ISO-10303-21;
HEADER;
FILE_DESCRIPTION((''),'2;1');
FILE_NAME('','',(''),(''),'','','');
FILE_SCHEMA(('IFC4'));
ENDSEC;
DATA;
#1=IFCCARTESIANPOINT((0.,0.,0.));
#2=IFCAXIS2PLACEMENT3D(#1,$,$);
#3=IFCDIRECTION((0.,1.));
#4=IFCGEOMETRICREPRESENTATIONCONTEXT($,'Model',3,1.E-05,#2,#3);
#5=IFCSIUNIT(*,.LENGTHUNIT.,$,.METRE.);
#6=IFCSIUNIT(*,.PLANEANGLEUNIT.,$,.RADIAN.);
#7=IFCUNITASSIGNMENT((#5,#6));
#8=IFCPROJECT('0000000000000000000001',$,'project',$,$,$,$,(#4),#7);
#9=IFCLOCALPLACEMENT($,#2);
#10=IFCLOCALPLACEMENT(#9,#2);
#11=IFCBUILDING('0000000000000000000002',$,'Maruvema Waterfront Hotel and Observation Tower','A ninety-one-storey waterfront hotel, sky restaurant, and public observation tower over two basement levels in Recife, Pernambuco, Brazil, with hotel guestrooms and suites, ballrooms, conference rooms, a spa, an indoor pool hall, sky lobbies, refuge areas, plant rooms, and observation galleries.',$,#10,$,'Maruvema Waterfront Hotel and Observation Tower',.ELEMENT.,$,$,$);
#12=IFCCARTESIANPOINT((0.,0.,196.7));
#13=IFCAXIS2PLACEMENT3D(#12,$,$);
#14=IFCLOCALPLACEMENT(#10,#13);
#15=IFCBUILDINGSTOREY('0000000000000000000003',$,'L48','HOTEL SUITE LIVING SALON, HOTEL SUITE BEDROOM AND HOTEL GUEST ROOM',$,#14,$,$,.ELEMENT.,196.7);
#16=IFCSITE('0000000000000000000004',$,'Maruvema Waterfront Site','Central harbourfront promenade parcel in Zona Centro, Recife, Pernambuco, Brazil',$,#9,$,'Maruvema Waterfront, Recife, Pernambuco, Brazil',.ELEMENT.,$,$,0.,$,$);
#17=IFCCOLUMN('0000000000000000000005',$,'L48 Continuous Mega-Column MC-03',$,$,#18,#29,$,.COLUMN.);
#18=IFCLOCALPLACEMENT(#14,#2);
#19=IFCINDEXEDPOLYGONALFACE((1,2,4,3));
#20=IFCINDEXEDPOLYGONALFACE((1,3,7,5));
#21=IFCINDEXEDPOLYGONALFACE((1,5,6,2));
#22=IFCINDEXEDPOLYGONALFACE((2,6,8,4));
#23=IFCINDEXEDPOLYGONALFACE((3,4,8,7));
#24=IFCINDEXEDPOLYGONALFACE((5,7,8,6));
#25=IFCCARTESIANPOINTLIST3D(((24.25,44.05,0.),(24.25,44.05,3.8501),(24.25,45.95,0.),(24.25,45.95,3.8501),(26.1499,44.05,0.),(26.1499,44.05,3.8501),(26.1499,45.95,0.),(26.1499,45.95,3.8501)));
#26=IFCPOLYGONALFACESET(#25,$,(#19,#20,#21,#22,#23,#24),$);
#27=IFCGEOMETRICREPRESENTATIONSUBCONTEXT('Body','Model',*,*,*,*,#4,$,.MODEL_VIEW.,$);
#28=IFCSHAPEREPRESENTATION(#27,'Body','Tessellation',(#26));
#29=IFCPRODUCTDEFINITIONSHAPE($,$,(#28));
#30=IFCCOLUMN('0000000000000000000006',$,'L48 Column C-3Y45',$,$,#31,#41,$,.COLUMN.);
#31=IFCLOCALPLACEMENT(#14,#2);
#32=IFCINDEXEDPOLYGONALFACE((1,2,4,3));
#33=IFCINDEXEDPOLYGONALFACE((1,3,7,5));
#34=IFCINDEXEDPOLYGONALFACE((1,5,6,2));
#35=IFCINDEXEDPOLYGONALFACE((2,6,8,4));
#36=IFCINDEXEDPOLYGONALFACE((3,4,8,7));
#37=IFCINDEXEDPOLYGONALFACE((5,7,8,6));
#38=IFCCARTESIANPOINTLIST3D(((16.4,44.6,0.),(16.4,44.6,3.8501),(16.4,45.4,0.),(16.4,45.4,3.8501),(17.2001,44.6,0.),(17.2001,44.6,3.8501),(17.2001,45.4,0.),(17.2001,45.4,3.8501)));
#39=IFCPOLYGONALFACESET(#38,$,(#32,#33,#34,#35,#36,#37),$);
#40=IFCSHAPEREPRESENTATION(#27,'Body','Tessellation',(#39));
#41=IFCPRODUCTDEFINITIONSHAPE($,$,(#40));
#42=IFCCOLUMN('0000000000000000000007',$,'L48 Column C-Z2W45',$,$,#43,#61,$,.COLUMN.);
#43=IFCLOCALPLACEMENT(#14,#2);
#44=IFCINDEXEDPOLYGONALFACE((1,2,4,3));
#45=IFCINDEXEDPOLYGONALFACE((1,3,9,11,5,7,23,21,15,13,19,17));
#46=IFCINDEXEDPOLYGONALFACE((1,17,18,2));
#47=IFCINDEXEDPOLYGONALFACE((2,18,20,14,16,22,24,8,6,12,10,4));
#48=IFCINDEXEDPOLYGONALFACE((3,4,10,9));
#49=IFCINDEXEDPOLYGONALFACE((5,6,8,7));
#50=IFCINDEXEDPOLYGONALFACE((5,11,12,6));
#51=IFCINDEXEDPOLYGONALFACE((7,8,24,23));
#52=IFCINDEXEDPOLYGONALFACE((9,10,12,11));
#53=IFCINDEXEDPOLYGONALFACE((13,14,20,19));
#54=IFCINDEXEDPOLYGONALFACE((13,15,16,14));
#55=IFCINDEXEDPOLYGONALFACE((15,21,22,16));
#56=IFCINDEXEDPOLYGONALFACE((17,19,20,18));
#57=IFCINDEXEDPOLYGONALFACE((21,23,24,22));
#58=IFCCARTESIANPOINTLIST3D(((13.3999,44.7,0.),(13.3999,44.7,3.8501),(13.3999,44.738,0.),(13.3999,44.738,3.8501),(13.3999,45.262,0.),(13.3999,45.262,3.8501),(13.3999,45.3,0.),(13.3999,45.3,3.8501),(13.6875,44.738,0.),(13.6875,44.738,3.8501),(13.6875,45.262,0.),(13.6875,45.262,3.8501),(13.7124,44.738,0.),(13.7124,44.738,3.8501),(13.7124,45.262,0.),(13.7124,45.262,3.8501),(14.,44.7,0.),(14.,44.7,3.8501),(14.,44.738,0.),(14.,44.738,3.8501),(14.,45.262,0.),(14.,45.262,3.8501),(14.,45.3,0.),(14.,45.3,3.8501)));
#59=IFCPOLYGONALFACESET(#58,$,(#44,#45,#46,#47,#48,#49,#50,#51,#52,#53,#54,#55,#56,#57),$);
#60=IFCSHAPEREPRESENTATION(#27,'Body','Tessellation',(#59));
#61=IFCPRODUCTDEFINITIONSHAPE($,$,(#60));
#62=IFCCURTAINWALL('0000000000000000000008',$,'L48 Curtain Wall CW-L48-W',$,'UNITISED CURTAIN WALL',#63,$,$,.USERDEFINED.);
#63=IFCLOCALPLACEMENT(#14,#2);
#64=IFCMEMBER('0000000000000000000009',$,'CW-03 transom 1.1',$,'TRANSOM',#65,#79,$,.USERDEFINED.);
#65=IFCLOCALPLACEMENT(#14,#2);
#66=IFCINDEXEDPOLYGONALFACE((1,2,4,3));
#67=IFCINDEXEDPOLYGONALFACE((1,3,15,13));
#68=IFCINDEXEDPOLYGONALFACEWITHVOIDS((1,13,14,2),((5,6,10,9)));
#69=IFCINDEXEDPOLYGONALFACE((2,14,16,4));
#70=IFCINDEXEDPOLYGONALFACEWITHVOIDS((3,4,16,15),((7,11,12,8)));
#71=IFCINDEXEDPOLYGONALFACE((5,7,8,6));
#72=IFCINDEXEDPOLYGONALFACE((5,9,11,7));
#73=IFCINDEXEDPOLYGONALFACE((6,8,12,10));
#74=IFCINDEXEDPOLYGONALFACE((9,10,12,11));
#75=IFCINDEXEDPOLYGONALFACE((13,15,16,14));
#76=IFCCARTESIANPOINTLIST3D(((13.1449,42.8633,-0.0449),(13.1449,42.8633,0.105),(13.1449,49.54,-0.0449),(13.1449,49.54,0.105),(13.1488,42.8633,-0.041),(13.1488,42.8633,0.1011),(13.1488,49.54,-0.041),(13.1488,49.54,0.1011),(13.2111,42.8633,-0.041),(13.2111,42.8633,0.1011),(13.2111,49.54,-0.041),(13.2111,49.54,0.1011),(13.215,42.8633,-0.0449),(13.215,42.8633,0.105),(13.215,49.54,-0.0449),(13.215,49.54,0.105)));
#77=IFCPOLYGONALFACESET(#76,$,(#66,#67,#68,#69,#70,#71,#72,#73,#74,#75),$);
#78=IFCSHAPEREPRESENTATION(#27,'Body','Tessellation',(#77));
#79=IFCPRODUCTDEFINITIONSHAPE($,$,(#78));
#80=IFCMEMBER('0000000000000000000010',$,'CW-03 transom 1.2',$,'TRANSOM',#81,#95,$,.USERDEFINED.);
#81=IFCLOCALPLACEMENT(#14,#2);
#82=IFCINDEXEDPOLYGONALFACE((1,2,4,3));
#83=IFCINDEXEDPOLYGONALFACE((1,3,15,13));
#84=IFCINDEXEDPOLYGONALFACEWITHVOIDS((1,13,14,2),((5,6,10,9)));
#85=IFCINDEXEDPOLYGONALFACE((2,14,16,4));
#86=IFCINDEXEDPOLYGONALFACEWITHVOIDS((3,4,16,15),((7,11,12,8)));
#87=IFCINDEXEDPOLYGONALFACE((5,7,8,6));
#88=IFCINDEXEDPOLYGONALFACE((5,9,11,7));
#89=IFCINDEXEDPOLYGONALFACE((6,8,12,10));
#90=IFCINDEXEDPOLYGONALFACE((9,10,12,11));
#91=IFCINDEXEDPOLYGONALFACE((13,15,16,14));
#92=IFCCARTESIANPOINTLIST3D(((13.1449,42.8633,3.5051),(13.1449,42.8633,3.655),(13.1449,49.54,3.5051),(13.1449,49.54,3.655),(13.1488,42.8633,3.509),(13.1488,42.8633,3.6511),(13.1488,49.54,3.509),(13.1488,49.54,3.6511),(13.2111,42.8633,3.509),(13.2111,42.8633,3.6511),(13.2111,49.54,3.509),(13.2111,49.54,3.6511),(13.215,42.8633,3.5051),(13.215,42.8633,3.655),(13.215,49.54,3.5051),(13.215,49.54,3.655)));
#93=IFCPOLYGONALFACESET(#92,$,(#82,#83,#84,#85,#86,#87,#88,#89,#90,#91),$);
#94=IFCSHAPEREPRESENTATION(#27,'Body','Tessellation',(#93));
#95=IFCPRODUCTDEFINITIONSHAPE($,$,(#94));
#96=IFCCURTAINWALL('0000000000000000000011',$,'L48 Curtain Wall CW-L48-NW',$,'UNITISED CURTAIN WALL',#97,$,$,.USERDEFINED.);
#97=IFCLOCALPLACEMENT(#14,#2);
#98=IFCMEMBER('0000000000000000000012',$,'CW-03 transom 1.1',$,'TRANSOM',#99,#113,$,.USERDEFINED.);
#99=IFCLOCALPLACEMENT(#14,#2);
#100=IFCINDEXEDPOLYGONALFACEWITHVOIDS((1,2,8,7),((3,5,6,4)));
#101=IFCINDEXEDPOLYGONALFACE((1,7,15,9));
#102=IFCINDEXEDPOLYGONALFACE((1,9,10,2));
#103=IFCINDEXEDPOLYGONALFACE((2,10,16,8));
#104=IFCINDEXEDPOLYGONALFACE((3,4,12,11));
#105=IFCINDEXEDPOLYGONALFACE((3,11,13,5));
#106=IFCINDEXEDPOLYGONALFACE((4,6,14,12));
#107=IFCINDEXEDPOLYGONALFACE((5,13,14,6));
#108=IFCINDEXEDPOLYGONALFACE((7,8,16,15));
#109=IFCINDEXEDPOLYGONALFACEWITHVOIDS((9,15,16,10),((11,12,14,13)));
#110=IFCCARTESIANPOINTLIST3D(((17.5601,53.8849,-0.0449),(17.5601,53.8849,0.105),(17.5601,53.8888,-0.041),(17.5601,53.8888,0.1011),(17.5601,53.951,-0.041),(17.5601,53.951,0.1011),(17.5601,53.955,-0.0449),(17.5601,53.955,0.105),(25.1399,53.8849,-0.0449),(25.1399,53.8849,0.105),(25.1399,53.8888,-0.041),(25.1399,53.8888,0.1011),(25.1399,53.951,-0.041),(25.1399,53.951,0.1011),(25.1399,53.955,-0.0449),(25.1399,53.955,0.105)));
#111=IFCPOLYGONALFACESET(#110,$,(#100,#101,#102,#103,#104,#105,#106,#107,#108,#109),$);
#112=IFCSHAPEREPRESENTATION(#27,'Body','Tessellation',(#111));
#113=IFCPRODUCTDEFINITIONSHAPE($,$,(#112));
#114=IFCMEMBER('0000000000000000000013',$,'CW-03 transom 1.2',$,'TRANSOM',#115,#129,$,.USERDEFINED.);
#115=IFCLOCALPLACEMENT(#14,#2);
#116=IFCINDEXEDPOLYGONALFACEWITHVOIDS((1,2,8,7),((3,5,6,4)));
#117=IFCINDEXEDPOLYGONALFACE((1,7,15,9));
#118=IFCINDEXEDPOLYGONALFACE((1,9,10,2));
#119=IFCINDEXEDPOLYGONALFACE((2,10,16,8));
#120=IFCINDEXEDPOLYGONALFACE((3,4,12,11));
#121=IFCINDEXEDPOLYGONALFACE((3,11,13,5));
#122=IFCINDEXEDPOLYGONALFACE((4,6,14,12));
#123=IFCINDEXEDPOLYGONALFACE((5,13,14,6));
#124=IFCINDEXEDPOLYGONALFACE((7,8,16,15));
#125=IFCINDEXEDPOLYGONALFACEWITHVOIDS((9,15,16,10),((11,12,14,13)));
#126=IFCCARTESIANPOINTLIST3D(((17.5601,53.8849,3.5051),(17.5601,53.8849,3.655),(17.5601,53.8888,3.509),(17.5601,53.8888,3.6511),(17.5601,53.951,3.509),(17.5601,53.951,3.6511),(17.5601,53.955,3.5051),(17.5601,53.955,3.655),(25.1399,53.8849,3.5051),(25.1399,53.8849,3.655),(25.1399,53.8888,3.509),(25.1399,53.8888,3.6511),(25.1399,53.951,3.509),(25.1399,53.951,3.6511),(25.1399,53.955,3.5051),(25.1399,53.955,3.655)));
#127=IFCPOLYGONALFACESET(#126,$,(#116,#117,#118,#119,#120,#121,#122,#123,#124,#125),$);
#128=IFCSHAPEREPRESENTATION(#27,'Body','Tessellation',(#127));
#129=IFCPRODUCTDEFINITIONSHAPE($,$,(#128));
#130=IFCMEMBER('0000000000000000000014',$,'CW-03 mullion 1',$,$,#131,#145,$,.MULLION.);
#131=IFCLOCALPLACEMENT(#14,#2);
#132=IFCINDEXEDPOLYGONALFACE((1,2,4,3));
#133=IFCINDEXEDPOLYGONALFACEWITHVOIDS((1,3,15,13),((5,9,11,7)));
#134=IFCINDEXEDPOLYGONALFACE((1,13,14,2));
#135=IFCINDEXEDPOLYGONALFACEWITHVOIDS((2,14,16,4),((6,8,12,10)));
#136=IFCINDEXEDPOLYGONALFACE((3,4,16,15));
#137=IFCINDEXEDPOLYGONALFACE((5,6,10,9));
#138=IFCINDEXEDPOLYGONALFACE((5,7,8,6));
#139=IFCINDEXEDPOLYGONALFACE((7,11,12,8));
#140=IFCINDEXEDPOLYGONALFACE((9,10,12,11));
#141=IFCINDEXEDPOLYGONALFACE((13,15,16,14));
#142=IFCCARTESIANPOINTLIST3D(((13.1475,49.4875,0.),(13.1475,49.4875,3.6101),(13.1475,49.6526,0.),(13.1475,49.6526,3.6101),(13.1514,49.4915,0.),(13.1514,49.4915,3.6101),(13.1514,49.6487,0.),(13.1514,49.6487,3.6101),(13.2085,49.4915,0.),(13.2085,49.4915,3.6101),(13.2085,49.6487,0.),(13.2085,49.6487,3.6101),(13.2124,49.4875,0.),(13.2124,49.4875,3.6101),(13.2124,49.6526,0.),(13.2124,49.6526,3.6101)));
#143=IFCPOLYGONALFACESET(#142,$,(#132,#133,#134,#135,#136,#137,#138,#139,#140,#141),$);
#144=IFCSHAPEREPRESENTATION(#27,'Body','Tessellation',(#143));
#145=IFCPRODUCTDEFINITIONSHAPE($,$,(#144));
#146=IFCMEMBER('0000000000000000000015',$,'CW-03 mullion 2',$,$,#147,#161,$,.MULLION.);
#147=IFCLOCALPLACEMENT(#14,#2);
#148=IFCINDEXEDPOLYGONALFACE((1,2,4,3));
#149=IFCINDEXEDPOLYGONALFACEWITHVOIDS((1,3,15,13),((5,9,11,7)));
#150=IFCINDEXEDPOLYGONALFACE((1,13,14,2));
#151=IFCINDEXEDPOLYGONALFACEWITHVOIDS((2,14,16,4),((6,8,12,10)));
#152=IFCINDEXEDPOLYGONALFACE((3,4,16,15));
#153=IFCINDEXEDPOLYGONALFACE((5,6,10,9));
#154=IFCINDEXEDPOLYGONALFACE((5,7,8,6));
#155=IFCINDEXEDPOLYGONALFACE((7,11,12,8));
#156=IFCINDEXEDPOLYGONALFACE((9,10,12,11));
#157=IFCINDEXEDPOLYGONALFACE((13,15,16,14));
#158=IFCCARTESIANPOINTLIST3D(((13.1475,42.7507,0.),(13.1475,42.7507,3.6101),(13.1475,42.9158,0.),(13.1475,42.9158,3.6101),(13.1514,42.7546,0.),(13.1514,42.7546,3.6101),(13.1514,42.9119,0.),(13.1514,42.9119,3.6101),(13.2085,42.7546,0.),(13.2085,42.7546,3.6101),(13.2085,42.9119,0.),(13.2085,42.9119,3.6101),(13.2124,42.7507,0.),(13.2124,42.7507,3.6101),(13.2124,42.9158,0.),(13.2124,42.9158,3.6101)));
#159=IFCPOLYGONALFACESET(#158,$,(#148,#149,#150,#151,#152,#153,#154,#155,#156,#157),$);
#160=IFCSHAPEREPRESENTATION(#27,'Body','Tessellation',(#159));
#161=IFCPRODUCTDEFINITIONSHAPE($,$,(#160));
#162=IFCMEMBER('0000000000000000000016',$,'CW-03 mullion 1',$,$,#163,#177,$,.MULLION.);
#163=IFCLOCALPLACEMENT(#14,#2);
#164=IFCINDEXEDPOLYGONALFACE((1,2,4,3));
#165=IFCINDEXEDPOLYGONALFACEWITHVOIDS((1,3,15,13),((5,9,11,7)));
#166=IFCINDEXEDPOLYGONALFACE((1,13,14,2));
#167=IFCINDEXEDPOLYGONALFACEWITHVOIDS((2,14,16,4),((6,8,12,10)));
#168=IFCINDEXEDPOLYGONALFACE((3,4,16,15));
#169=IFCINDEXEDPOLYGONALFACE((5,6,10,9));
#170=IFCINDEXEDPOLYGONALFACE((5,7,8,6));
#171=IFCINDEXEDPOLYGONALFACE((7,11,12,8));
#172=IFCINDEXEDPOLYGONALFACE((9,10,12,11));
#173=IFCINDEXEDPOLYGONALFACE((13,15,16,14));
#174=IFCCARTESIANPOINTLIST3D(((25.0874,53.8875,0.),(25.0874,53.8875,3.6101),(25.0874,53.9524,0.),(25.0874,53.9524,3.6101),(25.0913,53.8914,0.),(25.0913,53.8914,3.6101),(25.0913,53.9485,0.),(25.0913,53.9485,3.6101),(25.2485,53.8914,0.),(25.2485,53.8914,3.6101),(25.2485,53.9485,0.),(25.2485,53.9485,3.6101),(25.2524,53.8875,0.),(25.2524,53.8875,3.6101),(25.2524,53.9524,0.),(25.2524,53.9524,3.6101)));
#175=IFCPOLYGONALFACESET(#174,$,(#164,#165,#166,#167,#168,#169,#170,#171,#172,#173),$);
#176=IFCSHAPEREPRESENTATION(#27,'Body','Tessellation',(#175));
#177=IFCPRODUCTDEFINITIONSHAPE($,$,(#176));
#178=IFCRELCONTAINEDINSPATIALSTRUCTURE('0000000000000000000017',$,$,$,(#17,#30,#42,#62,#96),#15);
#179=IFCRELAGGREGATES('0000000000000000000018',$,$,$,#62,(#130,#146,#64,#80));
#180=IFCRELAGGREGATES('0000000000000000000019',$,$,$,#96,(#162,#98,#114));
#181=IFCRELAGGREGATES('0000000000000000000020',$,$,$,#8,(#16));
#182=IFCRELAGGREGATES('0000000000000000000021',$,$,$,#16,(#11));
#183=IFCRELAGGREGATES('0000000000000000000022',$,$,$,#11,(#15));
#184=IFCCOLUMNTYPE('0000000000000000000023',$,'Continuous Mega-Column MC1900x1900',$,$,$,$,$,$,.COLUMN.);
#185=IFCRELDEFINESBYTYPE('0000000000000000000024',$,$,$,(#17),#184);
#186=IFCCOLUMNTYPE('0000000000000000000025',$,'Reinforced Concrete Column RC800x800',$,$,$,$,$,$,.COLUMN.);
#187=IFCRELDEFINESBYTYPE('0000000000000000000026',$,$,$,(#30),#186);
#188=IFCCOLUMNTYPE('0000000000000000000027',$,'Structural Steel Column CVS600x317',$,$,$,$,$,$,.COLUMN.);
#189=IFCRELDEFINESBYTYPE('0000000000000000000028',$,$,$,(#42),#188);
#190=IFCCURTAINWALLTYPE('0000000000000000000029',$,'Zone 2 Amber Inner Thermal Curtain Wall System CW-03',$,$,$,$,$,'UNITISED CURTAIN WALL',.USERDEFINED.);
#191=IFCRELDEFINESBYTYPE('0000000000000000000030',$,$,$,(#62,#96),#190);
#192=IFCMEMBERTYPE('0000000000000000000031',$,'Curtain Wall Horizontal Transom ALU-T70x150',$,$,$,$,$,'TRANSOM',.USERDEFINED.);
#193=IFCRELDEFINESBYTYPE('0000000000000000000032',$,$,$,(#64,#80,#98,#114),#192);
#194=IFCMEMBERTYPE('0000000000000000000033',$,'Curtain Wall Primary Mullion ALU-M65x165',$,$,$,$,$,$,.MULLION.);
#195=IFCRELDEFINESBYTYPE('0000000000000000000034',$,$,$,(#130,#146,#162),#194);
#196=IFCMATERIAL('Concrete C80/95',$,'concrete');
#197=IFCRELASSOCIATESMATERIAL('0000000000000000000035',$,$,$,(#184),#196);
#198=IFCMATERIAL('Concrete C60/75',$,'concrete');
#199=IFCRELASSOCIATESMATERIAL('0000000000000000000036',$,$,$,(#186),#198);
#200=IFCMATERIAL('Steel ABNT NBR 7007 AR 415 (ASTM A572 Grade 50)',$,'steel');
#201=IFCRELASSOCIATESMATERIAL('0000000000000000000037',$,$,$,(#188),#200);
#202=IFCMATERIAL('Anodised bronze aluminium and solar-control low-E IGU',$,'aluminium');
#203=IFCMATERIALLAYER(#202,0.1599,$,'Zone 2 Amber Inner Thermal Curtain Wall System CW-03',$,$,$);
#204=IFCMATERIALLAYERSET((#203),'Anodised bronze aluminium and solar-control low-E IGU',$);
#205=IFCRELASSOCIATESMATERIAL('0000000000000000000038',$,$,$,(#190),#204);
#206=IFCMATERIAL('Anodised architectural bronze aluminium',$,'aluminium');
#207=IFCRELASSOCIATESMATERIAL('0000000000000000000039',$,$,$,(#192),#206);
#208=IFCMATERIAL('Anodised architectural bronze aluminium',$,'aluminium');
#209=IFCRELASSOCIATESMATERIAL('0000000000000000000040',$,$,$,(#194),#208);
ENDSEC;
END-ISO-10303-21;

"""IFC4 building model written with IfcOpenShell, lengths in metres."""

from ifc_helpers import new_model, si_unit, direction, frame, origin, origin_2d, place, context, subcontext, project, spatial, rectangle, hollow_rectangle, i_section, extrude, material, layer, layer_set, material_profile, profile_set, type_object, element, aggregate, save


model = new_model("IFC4")

# Units and contexts
model_context = context("Model", 3, precision=1e-05, world=origin(), true_north=direction((0.0, 1.0)))
body_context = subcontext(model_context, "Body", "Model", "MODEL_VIEW")
ifc_project = project(units=[si_unit("LENGTHUNIT", "METRE"), si_unit("PLANEANGLEUNIT", "RADIAN")], contexts=[model_context])

# Site, building, storey
site_placement = place(None, origin())
site = spatial("IfcSite", under=ifc_project, at=site_placement, Name="Maruvema Waterfront Site", Description="Central harbourfront promenade parcel in Zona Centro, Recife, Pernambuco, Brazil", LongName="Maruvema Waterfront, Recife, Pernambuco, Brazil", CompositionType="ELEMENT", RefElevation=0.0)
building_placement = place(site_placement, origin())
building = spatial("IfcBuilding", under=site, at=building_placement, Name="Maruvema Waterfront Hotel and Observation Tower", Description="A ninety-one-storey waterfront hotel, sky restaurant, and public observation tower over two basement levels in Recife, Pernambuco, Brazil, with hotel guestrooms and suites, ballrooms, conference rooms, a spa, an indoor pool hall, sky lobbies, refuge areas, plant rooms, and observation galleries.", LongName="Maruvema Waterfront Hotel and Observation Tower", CompositionType="ELEMENT")
storey_placement = place(building_placement, frame((0.0, 0.0, 196.7)))
storey = spatial("IfcBuildingStorey", under=building, at=storey_placement, Name="L48", Description="HOTEL SUITE LIVING SALON, HOTEL SUITE BEDROOM AND HOTEL GUEST ROOM", CompositionType="ELEMENT", Elevation=196.7)

# Columns
ifc_material_1 = material(Name="Concrete C80/95", Category="concrete")
ifc_material_profile_1 = material_profile(ifc_material_1, rectangle(XDim=1.8999, YDim=1.8999, at=origin_2d()), Name="MC1900x1900")
ifc_profile_set_1 = profile_set([ifc_material_profile_1], Name="Concrete C80/95")
column_type_1 = type_object("IfcColumnType", Name="Continuous Mega-Column MC1900x1900", PredefinedType="COLUMN", material=ifc_profile_set_1)
column_1_placement = place(storey_placement, frame((25.2, 45.0, 0.0), z_axis=(0.0, 0.0, 1.0), x_axis=(1.0, 0.0, 0.0)))
element("IfcColumn", 1, at=column_1_placement, inside=storey, type_object=column_type_1, Name="L48 Continuous Mega-Column MC-03", PredefinedType="COLUMN", context=body_context, shape_type="SweptSolid", body=[
    extrude(rectangle(XDim=1.8999, YDim=1.8999, at=origin_2d()), origin(), (0.0, 0.0, 1.0), 3.8501),
])
ifc_material_2 = material(Name="Concrete C60/75", Category="concrete")
ifc_material_profile_2 = material_profile(ifc_material_2, rectangle(XDim=0.8, YDim=0.8, at=origin_2d()), Name="RC800x800")
ifc_profile_set_2 = profile_set([ifc_material_profile_2], Name="Concrete C60/75")
column_type_2 = type_object("IfcColumnType", Name="Reinforced Concrete Column RC800x800", PredefinedType="COLUMN", material=ifc_profile_set_2)
column_2_placement = place(storey_placement, frame((16.8, 45.0, 0.0), z_axis=(0.0, 0.0, 1.0), x_axis=(1.0, 0.0, 0.0)))
element("IfcColumn", 2, at=column_2_placement, inside=storey, type_object=column_type_2, Name="L48 Column C-3Y45", PredefinedType="COLUMN", context=body_context, shape_type="SweptSolid", body=[
    extrude(rectangle(XDim=0.8, YDim=0.8, at=origin_2d()), origin(), (0.0, 0.0, 1.0), 3.8501),
])
ifc_material_3 = material(Name="Steel ABNT NBR 7007 AR 415 (ASTM A572 Grade 50)", Category="steel")
ifc_material_profile_3 = material_profile(ifc_material_3, i_section(OverallWidth=0.6001, OverallDepth=0.6001, WebThickness=0.0249, FlangeThickness=0.0381, at=origin_2d()), Name="CVS600x317")
ifc_profile_set_3 = profile_set([ifc_material_profile_3], Name="Steel ABNT NBR 7007 AR 415 (ASTM A572 Grade 50)")
column_type_3 = type_object("IfcColumnType", Name="Structural Steel Column CVS600x317", PredefinedType="COLUMN", material=ifc_profile_set_3)
column_3_placement = place(storey_placement, frame((13.7, 45.0, 0.0), z_axis=(0.0, 0.0, 1.0), x_axis=(1.0, 0.0, 0.0)))
element("IfcColumn", 3, at=column_3_placement, inside=storey, type_object=column_type_3, Name="L48 Column C-Z2W45", PredefinedType="COLUMN", context=body_context, shape_type="SweptSolid", body=[
    extrude(i_section(OverallWidth=0.6001, OverallDepth=0.6001, WebThickness=0.0249, FlangeThickness=0.0381, at=origin_2d()), origin(), (0.0, 0.0, 1.0), 3.8501),
])

# Curtain walls, members
ifc_material_4 = material(Name="Anodised bronze aluminium and solar-control low-E IGU", Category="aluminium")
ifc_layer_1 = layer(ifc_material_4, 0.1599, Name="Zone 2 Amber Inner Thermal Curtain Wall System CW-03")
ifc_layer_set_1 = layer_set([ifc_layer_1], Name="Anodised bronze aluminium and solar-control low-E IGU")
curtain_wall_type = type_object("IfcCurtainWallType", Name="Zone 2 Amber Inner Thermal Curtain Wall System CW-03", ElementType="UNITISED CURTAIN WALL", PredefinedType="USERDEFINED", material=ifc_layer_set_1)
curtain_wall_1_placement = place(storey_placement, origin())
curtain_wall_1 = element("IfcCurtainWall", 4, at=curtain_wall_1_placement, inside=storey, type_object=curtain_wall_type, Name="L48 Curtain Wall CW-L48-W", ObjectType="UNITISED CURTAIN WALL", PredefinedType="USERDEFINED")
ifc_material_5 = material(Name="Anodised architectural bronze aluminium", Category="aluminium")
ifc_material_profile_4 = material_profile(ifc_material_5, hollow_rectangle(XDim=0.0701, YDim=0.1499, WallThickness=0.0039, at=origin_2d()), Name="ALU-T70x150")
ifc_profile_set_4 = profile_set([ifc_material_profile_4], Name="Anodised architectural bronze aluminium")
member_type_1 = type_object("IfcMemberType", Name="Curtain Wall Horizontal Transom ALU-T70x150", ElementType="TRANSOM", PredefinedType="USERDEFINED", material=ifc_profile_set_4)
member_1_placement = place(storey_placement, frame((13.1799, 49.54, 0.03), z_axis=(0.0, -1.0, 0.0), x_axis=(1.0, 0.0, 0.0)))
member_1 = element("IfcMember", 5, at=member_1_placement, type_object=member_type_1, Name="CW-03 transom 1.1", ObjectType="TRANSOM", PredefinedType="USERDEFINED", context=body_context, shape_type="SweptSolid", body=[
    extrude(hollow_rectangle(XDim=0.0701, YDim=0.1499, WallThickness=0.0039, at=origin_2d()), origin(), (0.0, 0.0, 1.0), 6.6768),
])
member_2_placement = place(storey_placement, frame((13.1799, 49.54, 3.5801), z_axis=(0.0, -1.0, 0.0), x_axis=(1.0, 0.0, 0.0)))
member_2 = element("IfcMember", 6, at=member_2_placement, type_object=member_type_1, Name="CW-03 transom 1.2", ObjectType="TRANSOM", PredefinedType="USERDEFINED", context=body_context, shape_type="SweptSolid", body=[
    extrude(hollow_rectangle(XDim=0.0701, YDim=0.1499, WallThickness=0.0039, at=origin_2d()), origin(), (0.0, 0.0, 1.0), 6.6768),
])
curtain_wall_2_placement = place(storey_placement, origin())
curtain_wall_2 = element("IfcCurtainWall", 7, at=curtain_wall_2_placement, inside=storey, type_object=curtain_wall_type, Name="L48 Curtain Wall CW-L48-NW", ObjectType="UNITISED CURTAIN WALL", PredefinedType="USERDEFINED")
member_3_placement = place(storey_placement, frame((25.1399, 53.9199, 0.03), z_axis=(-1.0, 0.0, 0.0), x_axis=(0.0, -1.0, 0.0)))
member_3 = element("IfcMember", 8, at=member_3_placement, type_object=member_type_1, Name="CW-03 transom 1.1", ObjectType="TRANSOM", PredefinedType="USERDEFINED", context=body_context, shape_type="SweptSolid", body=[
    extrude(hollow_rectangle(XDim=0.0701, YDim=0.1499, WallThickness=0.0039, at=origin_2d()), origin(), (0.0, 0.0, 1.0), 7.5798),
])
member_4_placement = place(storey_placement, frame((25.1399, 53.9199, 3.5801), z_axis=(-1.0, 0.0, 0.0), x_axis=(0.0, -1.0, 0.0)))
member_4 = element("IfcMember", 9, at=member_4_placement, type_object=member_type_1, Name="CW-03 transom 1.2", ObjectType="TRANSOM", PredefinedType="USERDEFINED", context=body_context, shape_type="SweptSolid", body=[
    extrude(hollow_rectangle(XDim=0.0701, YDim=0.1499, WallThickness=0.0039, at=origin_2d()), origin(), (0.0, 0.0, 1.0), 7.5798),
])

# Members
ifc_material_6 = material(Name="Anodised architectural bronze aluminium", Category="aluminium")
ifc_material_profile_5 = material_profile(ifc_material_6, hollow_rectangle(XDim=0.0649, YDim=0.165, WallThickness=0.0039, at=origin_2d()), Name="ALU-M65x165")
ifc_profile_set_5 = profile_set([ifc_material_profile_5], Name="Anodised architectural bronze aluminium")
member_type_2 = type_object("IfcMemberType", Name="Curtain Wall Primary Mullion ALU-M65x165", PredefinedType="MULLION", material=ifc_profile_set_5)
member_5_placement = place(storey_placement, frame((13.1799, 49.5701, 0.0), z_axis=(0.0, 0.0, 1.0), x_axis=(1.0, 0.0, 0.0)))
member_5 = element("IfcMember", 10, at=member_5_placement, type_object=member_type_2, Name="CW-03 mullion 1", PredefinedType="MULLION", context=body_context, shape_type="SweptSolid", body=[
    extrude(hollow_rectangle(XDim=0.0649, YDim=0.165, WallThickness=0.0039, at=origin_2d()), origin(), (0.0, 0.0, 1.0), 3.6101),
])
member_6_placement = place(storey_placement, frame((13.1799, 42.8333, 0.0), z_axis=(0.0, 0.0, 1.0), x_axis=(1.0, 0.0, 0.0)))
member_6 = element("IfcMember", 11, at=member_6_placement, type_object=member_type_2, Name="CW-03 mullion 2", PredefinedType="MULLION", context=body_context, shape_type="SweptSolid", body=[
    extrude(hollow_rectangle(XDim=0.0649, YDim=0.165, WallThickness=0.0039, at=origin_2d()), origin(), (0.0, 0.0, 1.0), 3.6101),
])
member_7_placement = place(storey_placement, frame((25.1699, 53.9199, 0.0), z_axis=(0.0, 0.0, 1.0), x_axis=(0.0, -1.0, 0.0)))
member_7 = element("IfcMember", 12, at=member_7_placement, type_object=member_type_2, Name="CW-03 mullion 1", PredefinedType="MULLION", context=body_context, shape_type="SweptSolid", body=[
    extrude(hollow_rectangle(XDim=0.0649, YDim=0.165, WallThickness=0.0039, at=origin_2d()), origin(), (0.0, 0.0, 1.0), 3.6101),
])

aggregate(curtain_wall_1, [member_5, member_6, member_1, member_2])
aggregate(curtain_wall_2, [member_7, member_3, member_4])

save(model, "model.ifc")
